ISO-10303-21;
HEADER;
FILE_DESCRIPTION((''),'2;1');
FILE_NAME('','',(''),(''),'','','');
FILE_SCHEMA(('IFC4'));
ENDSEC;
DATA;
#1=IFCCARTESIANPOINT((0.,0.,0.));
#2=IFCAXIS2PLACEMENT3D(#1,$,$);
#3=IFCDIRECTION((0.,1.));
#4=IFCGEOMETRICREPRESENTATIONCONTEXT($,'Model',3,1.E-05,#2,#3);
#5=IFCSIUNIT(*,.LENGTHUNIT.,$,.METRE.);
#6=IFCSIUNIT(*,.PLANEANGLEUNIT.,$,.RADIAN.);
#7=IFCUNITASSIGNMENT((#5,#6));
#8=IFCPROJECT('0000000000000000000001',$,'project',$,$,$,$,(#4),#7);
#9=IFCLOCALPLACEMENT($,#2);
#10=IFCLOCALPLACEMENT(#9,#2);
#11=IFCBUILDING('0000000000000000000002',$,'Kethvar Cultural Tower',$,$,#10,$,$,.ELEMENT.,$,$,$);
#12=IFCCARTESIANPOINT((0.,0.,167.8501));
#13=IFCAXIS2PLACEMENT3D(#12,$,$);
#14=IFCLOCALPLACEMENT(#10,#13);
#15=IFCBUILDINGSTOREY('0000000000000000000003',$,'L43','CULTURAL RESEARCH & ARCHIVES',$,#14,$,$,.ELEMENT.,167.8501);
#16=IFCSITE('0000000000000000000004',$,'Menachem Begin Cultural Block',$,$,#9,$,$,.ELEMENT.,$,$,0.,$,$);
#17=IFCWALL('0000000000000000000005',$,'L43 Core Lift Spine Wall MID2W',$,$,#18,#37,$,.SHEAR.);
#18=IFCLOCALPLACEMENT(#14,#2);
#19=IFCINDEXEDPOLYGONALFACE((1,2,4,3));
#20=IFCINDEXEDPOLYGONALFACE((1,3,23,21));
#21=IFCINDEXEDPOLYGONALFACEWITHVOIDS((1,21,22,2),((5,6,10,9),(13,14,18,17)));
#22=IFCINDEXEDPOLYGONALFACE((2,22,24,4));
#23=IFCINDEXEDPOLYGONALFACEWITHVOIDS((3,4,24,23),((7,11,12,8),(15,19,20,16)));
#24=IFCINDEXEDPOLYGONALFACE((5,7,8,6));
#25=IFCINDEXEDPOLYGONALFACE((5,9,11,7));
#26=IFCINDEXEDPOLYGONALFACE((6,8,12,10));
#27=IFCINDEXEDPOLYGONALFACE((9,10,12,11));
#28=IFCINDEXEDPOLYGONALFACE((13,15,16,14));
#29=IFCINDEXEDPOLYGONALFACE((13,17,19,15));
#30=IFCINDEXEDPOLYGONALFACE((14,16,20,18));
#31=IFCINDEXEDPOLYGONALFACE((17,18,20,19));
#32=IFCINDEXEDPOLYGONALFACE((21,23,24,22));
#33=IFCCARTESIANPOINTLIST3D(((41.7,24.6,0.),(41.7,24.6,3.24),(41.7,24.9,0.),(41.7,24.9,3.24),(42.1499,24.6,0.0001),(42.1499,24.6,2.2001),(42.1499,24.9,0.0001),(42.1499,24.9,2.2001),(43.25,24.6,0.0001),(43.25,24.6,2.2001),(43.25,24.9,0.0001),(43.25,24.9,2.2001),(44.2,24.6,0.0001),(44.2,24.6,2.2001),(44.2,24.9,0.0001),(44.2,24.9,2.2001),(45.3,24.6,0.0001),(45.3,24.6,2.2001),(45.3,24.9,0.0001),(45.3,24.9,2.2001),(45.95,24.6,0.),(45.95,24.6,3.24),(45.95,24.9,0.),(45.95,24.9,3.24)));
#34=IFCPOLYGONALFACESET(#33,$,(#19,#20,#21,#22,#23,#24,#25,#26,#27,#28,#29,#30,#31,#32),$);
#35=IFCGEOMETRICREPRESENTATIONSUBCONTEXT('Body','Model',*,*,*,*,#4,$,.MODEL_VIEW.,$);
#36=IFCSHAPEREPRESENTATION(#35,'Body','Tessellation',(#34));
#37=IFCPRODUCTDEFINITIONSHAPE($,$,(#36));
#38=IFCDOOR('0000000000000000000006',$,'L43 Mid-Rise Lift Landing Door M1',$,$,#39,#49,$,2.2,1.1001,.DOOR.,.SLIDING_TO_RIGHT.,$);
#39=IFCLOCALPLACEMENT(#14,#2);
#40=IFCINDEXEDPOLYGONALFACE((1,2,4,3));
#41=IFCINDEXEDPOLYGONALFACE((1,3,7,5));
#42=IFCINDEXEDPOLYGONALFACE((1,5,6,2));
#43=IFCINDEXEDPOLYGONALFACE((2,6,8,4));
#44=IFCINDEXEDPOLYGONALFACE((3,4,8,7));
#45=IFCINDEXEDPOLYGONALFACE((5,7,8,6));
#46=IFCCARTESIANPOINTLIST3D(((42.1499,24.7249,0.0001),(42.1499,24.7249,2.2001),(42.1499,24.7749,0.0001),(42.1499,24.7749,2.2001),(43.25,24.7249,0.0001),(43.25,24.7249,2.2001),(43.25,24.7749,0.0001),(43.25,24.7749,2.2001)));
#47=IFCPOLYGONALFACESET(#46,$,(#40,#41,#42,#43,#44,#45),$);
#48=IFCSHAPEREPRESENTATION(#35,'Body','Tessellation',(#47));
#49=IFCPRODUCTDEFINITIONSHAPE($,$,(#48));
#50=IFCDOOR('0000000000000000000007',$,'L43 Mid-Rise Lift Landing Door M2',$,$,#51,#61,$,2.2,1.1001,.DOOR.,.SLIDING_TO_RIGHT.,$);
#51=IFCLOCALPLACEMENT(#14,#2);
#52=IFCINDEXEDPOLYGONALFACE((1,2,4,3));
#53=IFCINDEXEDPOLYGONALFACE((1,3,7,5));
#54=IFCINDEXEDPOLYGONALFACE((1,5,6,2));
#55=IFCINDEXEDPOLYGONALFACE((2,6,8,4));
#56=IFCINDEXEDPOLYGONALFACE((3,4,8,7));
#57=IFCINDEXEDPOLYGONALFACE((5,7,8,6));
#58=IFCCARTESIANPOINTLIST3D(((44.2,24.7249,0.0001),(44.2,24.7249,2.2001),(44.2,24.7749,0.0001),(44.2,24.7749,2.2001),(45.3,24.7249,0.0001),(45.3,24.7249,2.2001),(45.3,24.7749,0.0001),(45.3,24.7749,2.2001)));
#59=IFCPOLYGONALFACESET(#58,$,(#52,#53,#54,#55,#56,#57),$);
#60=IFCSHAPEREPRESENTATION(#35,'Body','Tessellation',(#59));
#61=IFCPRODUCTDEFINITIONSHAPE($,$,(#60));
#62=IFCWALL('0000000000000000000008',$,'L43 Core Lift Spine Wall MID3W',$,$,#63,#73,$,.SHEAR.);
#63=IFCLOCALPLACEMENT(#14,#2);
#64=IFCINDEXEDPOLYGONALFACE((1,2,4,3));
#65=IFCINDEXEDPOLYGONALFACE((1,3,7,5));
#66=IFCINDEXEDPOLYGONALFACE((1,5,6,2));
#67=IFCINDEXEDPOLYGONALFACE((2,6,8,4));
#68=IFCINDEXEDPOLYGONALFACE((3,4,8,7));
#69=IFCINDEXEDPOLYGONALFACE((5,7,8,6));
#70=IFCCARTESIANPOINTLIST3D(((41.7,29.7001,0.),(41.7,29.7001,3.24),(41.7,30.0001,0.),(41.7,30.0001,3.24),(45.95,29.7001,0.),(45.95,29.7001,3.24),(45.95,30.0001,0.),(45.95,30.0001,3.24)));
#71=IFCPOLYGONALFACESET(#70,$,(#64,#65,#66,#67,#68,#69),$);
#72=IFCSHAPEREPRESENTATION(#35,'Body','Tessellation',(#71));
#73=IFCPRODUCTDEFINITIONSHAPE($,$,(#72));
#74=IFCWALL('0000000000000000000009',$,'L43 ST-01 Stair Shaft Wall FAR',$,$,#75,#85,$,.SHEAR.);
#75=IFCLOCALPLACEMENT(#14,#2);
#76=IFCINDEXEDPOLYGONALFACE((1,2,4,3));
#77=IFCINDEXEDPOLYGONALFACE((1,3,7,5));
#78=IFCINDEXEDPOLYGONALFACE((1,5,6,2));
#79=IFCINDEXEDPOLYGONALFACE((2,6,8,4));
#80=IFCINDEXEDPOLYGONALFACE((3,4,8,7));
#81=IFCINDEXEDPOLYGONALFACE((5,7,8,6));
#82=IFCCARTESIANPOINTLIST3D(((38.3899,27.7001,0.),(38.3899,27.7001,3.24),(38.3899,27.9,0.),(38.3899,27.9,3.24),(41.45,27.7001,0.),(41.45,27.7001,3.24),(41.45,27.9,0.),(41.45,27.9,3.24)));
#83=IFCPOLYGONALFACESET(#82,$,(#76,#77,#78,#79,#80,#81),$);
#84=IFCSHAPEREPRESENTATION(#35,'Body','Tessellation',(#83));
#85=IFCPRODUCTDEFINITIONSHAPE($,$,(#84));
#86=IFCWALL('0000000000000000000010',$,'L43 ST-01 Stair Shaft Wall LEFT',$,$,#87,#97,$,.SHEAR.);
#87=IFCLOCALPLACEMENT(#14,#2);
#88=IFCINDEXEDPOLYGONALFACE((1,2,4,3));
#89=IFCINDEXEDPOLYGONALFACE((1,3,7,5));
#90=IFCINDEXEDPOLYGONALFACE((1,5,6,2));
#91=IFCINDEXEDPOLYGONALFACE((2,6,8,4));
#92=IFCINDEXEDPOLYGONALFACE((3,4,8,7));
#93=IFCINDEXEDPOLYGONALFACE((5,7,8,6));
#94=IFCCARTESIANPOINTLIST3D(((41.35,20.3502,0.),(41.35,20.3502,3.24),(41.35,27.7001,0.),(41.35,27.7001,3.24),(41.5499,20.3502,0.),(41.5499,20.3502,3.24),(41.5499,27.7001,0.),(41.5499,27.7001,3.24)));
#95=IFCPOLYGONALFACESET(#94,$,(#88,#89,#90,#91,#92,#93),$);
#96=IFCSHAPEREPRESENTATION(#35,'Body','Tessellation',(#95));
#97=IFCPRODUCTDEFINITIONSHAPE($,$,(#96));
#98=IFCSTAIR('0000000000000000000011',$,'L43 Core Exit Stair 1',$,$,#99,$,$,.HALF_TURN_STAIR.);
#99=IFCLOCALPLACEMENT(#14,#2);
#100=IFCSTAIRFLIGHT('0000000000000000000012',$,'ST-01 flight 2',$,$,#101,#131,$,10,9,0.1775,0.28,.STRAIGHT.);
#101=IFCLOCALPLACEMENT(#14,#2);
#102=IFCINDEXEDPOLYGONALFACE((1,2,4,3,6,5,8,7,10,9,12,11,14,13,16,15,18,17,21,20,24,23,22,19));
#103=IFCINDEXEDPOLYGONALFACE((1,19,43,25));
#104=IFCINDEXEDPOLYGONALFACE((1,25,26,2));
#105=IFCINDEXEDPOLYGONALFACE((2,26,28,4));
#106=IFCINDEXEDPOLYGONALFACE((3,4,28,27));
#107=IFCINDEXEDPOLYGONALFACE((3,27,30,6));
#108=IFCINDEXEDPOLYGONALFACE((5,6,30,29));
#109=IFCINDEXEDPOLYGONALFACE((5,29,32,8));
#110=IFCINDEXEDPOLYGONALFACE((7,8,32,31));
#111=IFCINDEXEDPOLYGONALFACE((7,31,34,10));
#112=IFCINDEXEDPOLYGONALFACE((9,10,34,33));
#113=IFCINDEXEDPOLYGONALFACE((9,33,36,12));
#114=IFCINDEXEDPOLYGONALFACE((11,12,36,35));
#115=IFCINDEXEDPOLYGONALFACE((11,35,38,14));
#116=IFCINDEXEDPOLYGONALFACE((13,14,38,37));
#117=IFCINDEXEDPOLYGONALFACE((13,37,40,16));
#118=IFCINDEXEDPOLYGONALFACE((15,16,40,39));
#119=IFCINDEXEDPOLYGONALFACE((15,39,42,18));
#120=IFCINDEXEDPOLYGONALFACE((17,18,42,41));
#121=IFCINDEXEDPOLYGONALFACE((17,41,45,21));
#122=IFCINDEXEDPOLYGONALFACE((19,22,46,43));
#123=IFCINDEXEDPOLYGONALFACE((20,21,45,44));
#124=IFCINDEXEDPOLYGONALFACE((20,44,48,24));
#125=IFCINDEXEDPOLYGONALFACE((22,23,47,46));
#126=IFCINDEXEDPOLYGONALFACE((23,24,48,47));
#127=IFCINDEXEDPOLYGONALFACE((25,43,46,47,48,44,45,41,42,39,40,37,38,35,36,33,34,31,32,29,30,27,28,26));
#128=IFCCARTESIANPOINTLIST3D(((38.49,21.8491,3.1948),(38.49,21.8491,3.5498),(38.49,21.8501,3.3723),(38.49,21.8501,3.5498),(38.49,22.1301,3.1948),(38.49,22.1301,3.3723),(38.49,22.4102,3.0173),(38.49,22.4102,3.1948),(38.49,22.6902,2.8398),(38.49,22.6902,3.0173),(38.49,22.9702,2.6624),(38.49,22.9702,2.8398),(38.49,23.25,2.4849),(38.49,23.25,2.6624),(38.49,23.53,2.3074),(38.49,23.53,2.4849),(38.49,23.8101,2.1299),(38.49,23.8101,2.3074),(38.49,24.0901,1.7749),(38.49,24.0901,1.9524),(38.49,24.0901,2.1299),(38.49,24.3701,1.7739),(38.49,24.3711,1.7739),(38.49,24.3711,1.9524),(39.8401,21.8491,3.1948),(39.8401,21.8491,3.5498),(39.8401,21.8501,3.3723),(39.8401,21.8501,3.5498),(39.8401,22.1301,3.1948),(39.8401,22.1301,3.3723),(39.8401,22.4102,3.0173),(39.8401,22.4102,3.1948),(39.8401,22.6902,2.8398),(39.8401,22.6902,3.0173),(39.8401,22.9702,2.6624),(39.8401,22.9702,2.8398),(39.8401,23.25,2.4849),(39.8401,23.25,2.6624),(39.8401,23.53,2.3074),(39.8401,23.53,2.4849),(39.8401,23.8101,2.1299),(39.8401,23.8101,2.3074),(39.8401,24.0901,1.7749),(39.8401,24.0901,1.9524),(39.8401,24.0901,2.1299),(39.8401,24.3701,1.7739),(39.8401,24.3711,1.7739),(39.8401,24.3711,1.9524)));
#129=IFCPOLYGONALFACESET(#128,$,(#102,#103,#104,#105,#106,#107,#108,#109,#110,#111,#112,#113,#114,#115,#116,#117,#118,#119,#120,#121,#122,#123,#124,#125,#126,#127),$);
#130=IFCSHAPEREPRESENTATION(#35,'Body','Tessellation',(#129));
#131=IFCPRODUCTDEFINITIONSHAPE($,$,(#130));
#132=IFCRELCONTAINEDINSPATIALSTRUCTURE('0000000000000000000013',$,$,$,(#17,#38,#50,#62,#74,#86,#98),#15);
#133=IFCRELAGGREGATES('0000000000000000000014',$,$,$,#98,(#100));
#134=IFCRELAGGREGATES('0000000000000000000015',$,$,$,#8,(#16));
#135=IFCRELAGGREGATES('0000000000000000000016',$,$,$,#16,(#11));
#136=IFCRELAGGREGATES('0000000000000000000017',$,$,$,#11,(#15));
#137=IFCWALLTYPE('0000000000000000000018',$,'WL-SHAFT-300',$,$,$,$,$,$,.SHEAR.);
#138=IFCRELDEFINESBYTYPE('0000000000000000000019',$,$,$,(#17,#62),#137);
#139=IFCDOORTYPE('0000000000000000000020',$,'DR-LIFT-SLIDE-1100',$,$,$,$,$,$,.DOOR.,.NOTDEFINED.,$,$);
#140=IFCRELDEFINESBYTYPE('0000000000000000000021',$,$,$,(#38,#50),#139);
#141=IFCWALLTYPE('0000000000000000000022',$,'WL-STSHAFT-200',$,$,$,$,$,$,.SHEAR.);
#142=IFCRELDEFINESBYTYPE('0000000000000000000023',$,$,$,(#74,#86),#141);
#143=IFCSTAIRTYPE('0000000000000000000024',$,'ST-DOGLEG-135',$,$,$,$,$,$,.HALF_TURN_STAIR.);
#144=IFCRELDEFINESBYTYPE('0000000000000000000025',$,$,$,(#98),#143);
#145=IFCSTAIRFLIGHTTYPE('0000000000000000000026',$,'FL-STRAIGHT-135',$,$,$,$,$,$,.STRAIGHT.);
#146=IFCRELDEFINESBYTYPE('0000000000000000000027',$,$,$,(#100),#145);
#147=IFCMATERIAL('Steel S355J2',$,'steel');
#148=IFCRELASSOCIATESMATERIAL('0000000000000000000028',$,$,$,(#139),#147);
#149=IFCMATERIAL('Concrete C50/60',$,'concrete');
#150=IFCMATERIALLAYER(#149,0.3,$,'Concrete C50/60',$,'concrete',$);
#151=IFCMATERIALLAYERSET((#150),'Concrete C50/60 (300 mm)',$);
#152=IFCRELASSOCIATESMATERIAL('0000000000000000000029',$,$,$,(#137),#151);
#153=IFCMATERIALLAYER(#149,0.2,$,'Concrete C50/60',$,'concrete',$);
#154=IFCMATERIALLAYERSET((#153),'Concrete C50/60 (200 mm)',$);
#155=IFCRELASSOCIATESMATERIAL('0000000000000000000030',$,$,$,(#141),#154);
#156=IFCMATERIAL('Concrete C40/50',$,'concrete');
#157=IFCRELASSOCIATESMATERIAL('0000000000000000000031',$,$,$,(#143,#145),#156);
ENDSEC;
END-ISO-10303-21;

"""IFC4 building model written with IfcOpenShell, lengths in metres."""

from ifc_helpers import new_model, si_unit, direction, frame, frame_2d, origin, place, context, subcontext, project, spatial, polyline, rectangle, outline, extrude, source, transform, mapped, material, layer, layer_set, type_object, element, fill, aggregate, save


model = new_model("IFC4")

# Units and contexts
model_context = context("Model", 3, precision=1e-05, world=origin(), true_north=direction((0.0, 1.0)))
body_context = subcontext(model_context, "Body", "Model", "MODEL_VIEW")
ifc_project = project(units=[si_unit("LENGTHUNIT", "METRE"), si_unit("PLANEANGLEUNIT", "RADIAN")], contexts=[model_context])

# Site, building, storey
site_placement = place(None, origin())
site = spatial("IfcSite", under=ifc_project, at=site_placement, Name="Menachem Begin Cultural Block", CompositionType="ELEMENT", RefElevation=0.0)
building_placement = place(site_placement, origin())
building = spatial("IfcBuilding", under=site, at=building_placement, Name="Kethvar Cultural Tower", CompositionType="ELEMENT")
storey_placement = place(building_placement, frame((0.0, 0.0, 167.8501)))
storey = spatial("IfcBuildingStorey", under=building, at=storey_placement, Name="L43", Description="CULTURAL RESEARCH & ARCHIVES", CompositionType="ELEMENT", Elevation=167.8501)

# Shared definitions
ifc_material_1 = material(Name="Steel S355J2", Category="steel")

# Shared definitions
door_type = type_object("IfcDoorType", Name="DR-LIFT-SLIDE-1100", OperationType="NOTDEFINED", PredefinedType="DOOR", material=ifc_material_1)
shared_shape_1 = source(origin(), body_context, "Body", "SweptSolid", [
    extrude(rectangle(XDim=1.1001, YDim=2.2, at=frame_2d((0.55, 1.1001))), frame((0.0, 0.0249, 0.0), z_axis=(0.0, -1.0, 0.0), x_axis=(1.0, 0.0, 0.0)), (0.0, 0.0, 1.0), 0.05),
])

# Shared definitions
ifc_material_2 = material(Name="Concrete C40/50", Category="concrete")

# Wall, openings, doors
ifc_material_3 = material(Name="Concrete C50/60", Category="concrete")
ifc_layer_1 = layer(ifc_material_3, 0.3, Name="Concrete C50/60", Category="concrete")
ifc_layer_set_1 = layer_set([ifc_layer_1], Name="Concrete C50/60 (300 mm)")
wall_type_1 = type_object("IfcWallType", Name="WL-SHAFT-300", PredefinedType="SHEAR", material=ifc_layer_set_1)
wall_1_placement = place(storey_placement, frame((41.7, 24.75, 0.0), z_axis=(0.0, 0.0, 1.0), x_axis=(1.0, 0.0, 0.0)))
wall_1 = element("IfcWall", 1, at=wall_1_placement, inside=storey, type_object=wall_type_1, Name="L43 Core Lift Spine Wall MID2W", PredefinedType="SHEAR", context=body_context, shape_type="SweptSolid", body=[
    extrude(rectangle(XDim=4.25, YDim=0.3, at=frame_2d((2.125, 0.0))), origin(), (0.0, 0.0, 1.0), 3.24),
])
opening_1_placement = place(wall_1_placement, frame((0.45, 0.0, 0.0)))
opening_1 = element("IfcOpeningElement", 2, at=opening_1_placement, cuts=wall_1, PredefinedType="OPENING", context=body_context, shape_type="SweptSolid", body=[
    extrude(rectangle(XDim=1.1001, YDim=2.2, at=frame_2d((0.55, 1.1001))), frame((0.0, 0.1599, 0.0), z_axis=(0.0, -1.0, 0.0), x_axis=(1.0, 0.0, 0.0)), (0.0, 0.0, 1.0), 0.3201),
])
opening_2_placement = place(wall_1_placement, frame((2.5, 0.0, 0.0)))
opening_2 = element("IfcOpeningElement", 3, at=opening_2_placement, cuts=wall_1, PredefinedType="OPENING", context=body_context, shape_type="SweptSolid", body=[
    extrude(rectangle(XDim=1.1001, YDim=2.2, at=frame_2d((0.55, 1.1001))), frame((0.0, 0.1599, 0.0), z_axis=(0.0, -1.0, 0.0), x_axis=(1.0, 0.0, 0.0)), (0.0, 0.0, 1.0), 0.3201),
])
door_1_placement = place(opening_1_placement, origin())
door_1 = element("IfcDoor", 4, at=door_1_placement, inside=storey, type_object=door_type, Name="L43 Mid-Rise Lift Landing Door M1", OperationType="SLIDING_TO_RIGHT", OverallHeight=2.2, OverallWidth=1.1001, PredefinedType="DOOR", context=body_context, shape_type="MappedRepresentation", body=[
    mapped(shared_shape_1, transform((0.0, 0.0, 0.0), scale=1.0)),
])
fill(opening_1, door_1)
door_2_placement = place(opening_2_placement, origin())
door_2 = element("IfcDoor", 5, at=door_2_placement, inside=storey, type_object=door_type, Name="L43 Mid-Rise Lift Landing Door M2", OperationType="SLIDING_TO_RIGHT", OverallHeight=2.2, OverallWidth=1.1001, PredefinedType="DOOR", context=body_context, shape_type="MappedRepresentation", body=[
    mapped(shared_shape_1, transform((0.0, 0.0, 0.0), scale=1.0)),
])
fill(opening_2, door_2)

# Walls
wall_2_placement = place(storey_placement, frame((41.7, 29.8501, 0.0), z_axis=(0.0, 0.0, 1.0), x_axis=(1.0, 0.0, 0.0)))
element("IfcWall", 6, at=wall_2_placement, inside=storey, type_object=wall_type_1, Name="L43 Core Lift Spine Wall MID3W", PredefinedType="SHEAR", context=body_context, shape_type="SweptSolid", body=[
    extrude(rectangle(XDim=4.25, YDim=0.3, at=frame_2d((2.125, 0.0))), origin(), (0.0, 0.0, 1.0), 3.24),
])
ifc_layer_2 = layer(ifc_material_3, 0.2, Name="Concrete C50/60", Category="concrete")
ifc_layer_set_2 = layer_set([ifc_layer_2], Name="Concrete C50/60 (200 mm)")
wall_type_2 = type_object("IfcWallType", Name="WL-STSHAFT-200", PredefinedType="SHEAR", material=ifc_layer_set_2)
wall_3_placement = place(storey_placement, frame((38.3899, 27.8, 0.0), z_axis=(0.0, 0.0, 1.0), x_axis=(1.0, 0.0, 0.0)))
element("IfcWall", 7, at=wall_3_placement, inside=storey, type_object=wall_type_2, Name="L43 ST-01 Stair Shaft Wall FAR", PredefinedType="SHEAR", context=body_context, shape_type="SweptSolid", body=[
    extrude(rectangle(XDim=3.0601, YDim=0.2, at=frame_2d((1.53, 0.0))), origin(), (0.0, 0.0, 1.0), 3.24),
])
wall_4_placement = place(storey_placement, frame((41.45, 27.7, 0.0), z_axis=(0.0, 0.0, 1.0), x_axis=(0.0, -1.0, 0.0)))
element("IfcWall", 8, at=wall_4_placement, inside=storey, type_object=wall_type_2, Name="L43 ST-01 Stair Shaft Wall LEFT", PredefinedType="SHEAR", context=body_context, shape_type="SweptSolid", body=[
    extrude(rectangle(XDim=7.3499, YDim=0.2, at=frame_2d((3.6748, 0.0))), origin(), (0.0, 0.0, 1.0), 3.24),
])

# Stair, stair flight
stair_type = type_object("IfcStairType", Name="ST-DOGLEG-135", PredefinedType="HALF_TURN_STAIR", material=ifc_material_2)
stair_placement = place(storey_placement, origin())
stair = element("IfcStair", 9, at=stair_placement, inside=storey, type_object=stair_type, Name="L43 Core Exit Stair 1", PredefinedType="HALF_TURN_STAIR")
stair_flight_type = type_object("IfcStairFlightType", Name="FL-STRAIGHT-135", PredefinedType="STRAIGHT", material=ifc_material_2)
stair_flight_placement = place(storey_placement, frame((39.165, 24.3701, 1.7749), z_axis=(0.0, 0.0, 1.0), x_axis=(0.0, -1.0, 0.0)))
stair_flight = element("IfcStairFlight", 10, at=stair_flight_placement, type_object=stair_flight_type, Name="ST-01 flight 2", NumberOfRisers=10, NumberOfTreads=9, PredefinedType="STRAIGHT", RiserHeight=0.1775, TreadLength=0.28, context=body_context, shape_type="SweptSolid", body=[
    extrude(outline(polyline([(-0.001, -0.001), (-0.001, 0.1775), (0.28, 0.1775), (0.28, 0.355), (0.5601, 0.355), (0.5601, 0.5325), (0.8401, 0.5325), (0.8401, 0.71), (1.1201, 0.71), (1.1201, 0.8875), (1.3999, 0.8875), (1.3999, 1.0649), (1.6799, 1.0649), (1.6799, 1.2424), (1.96, 1.2424), (1.96, 1.4199), (2.24, 1.4199), (2.24, 1.5974), (2.52, 1.5974), (2.52, 1.7749), (2.521, 1.7749), (2.521, 1.4199), (0.28, 0.0), (0.0, -0.001), (-0.001, -0.001)])), frame((0.0, 0.675, 0.0), z_axis=(0.0, -1.0, 0.0), x_axis=(1.0, 0.0, 0.0)), (0.0, 0.0, 1.0), 1.3501),
])
aggregate(stair, [stair_flight])

save(model, "model.ifc")
